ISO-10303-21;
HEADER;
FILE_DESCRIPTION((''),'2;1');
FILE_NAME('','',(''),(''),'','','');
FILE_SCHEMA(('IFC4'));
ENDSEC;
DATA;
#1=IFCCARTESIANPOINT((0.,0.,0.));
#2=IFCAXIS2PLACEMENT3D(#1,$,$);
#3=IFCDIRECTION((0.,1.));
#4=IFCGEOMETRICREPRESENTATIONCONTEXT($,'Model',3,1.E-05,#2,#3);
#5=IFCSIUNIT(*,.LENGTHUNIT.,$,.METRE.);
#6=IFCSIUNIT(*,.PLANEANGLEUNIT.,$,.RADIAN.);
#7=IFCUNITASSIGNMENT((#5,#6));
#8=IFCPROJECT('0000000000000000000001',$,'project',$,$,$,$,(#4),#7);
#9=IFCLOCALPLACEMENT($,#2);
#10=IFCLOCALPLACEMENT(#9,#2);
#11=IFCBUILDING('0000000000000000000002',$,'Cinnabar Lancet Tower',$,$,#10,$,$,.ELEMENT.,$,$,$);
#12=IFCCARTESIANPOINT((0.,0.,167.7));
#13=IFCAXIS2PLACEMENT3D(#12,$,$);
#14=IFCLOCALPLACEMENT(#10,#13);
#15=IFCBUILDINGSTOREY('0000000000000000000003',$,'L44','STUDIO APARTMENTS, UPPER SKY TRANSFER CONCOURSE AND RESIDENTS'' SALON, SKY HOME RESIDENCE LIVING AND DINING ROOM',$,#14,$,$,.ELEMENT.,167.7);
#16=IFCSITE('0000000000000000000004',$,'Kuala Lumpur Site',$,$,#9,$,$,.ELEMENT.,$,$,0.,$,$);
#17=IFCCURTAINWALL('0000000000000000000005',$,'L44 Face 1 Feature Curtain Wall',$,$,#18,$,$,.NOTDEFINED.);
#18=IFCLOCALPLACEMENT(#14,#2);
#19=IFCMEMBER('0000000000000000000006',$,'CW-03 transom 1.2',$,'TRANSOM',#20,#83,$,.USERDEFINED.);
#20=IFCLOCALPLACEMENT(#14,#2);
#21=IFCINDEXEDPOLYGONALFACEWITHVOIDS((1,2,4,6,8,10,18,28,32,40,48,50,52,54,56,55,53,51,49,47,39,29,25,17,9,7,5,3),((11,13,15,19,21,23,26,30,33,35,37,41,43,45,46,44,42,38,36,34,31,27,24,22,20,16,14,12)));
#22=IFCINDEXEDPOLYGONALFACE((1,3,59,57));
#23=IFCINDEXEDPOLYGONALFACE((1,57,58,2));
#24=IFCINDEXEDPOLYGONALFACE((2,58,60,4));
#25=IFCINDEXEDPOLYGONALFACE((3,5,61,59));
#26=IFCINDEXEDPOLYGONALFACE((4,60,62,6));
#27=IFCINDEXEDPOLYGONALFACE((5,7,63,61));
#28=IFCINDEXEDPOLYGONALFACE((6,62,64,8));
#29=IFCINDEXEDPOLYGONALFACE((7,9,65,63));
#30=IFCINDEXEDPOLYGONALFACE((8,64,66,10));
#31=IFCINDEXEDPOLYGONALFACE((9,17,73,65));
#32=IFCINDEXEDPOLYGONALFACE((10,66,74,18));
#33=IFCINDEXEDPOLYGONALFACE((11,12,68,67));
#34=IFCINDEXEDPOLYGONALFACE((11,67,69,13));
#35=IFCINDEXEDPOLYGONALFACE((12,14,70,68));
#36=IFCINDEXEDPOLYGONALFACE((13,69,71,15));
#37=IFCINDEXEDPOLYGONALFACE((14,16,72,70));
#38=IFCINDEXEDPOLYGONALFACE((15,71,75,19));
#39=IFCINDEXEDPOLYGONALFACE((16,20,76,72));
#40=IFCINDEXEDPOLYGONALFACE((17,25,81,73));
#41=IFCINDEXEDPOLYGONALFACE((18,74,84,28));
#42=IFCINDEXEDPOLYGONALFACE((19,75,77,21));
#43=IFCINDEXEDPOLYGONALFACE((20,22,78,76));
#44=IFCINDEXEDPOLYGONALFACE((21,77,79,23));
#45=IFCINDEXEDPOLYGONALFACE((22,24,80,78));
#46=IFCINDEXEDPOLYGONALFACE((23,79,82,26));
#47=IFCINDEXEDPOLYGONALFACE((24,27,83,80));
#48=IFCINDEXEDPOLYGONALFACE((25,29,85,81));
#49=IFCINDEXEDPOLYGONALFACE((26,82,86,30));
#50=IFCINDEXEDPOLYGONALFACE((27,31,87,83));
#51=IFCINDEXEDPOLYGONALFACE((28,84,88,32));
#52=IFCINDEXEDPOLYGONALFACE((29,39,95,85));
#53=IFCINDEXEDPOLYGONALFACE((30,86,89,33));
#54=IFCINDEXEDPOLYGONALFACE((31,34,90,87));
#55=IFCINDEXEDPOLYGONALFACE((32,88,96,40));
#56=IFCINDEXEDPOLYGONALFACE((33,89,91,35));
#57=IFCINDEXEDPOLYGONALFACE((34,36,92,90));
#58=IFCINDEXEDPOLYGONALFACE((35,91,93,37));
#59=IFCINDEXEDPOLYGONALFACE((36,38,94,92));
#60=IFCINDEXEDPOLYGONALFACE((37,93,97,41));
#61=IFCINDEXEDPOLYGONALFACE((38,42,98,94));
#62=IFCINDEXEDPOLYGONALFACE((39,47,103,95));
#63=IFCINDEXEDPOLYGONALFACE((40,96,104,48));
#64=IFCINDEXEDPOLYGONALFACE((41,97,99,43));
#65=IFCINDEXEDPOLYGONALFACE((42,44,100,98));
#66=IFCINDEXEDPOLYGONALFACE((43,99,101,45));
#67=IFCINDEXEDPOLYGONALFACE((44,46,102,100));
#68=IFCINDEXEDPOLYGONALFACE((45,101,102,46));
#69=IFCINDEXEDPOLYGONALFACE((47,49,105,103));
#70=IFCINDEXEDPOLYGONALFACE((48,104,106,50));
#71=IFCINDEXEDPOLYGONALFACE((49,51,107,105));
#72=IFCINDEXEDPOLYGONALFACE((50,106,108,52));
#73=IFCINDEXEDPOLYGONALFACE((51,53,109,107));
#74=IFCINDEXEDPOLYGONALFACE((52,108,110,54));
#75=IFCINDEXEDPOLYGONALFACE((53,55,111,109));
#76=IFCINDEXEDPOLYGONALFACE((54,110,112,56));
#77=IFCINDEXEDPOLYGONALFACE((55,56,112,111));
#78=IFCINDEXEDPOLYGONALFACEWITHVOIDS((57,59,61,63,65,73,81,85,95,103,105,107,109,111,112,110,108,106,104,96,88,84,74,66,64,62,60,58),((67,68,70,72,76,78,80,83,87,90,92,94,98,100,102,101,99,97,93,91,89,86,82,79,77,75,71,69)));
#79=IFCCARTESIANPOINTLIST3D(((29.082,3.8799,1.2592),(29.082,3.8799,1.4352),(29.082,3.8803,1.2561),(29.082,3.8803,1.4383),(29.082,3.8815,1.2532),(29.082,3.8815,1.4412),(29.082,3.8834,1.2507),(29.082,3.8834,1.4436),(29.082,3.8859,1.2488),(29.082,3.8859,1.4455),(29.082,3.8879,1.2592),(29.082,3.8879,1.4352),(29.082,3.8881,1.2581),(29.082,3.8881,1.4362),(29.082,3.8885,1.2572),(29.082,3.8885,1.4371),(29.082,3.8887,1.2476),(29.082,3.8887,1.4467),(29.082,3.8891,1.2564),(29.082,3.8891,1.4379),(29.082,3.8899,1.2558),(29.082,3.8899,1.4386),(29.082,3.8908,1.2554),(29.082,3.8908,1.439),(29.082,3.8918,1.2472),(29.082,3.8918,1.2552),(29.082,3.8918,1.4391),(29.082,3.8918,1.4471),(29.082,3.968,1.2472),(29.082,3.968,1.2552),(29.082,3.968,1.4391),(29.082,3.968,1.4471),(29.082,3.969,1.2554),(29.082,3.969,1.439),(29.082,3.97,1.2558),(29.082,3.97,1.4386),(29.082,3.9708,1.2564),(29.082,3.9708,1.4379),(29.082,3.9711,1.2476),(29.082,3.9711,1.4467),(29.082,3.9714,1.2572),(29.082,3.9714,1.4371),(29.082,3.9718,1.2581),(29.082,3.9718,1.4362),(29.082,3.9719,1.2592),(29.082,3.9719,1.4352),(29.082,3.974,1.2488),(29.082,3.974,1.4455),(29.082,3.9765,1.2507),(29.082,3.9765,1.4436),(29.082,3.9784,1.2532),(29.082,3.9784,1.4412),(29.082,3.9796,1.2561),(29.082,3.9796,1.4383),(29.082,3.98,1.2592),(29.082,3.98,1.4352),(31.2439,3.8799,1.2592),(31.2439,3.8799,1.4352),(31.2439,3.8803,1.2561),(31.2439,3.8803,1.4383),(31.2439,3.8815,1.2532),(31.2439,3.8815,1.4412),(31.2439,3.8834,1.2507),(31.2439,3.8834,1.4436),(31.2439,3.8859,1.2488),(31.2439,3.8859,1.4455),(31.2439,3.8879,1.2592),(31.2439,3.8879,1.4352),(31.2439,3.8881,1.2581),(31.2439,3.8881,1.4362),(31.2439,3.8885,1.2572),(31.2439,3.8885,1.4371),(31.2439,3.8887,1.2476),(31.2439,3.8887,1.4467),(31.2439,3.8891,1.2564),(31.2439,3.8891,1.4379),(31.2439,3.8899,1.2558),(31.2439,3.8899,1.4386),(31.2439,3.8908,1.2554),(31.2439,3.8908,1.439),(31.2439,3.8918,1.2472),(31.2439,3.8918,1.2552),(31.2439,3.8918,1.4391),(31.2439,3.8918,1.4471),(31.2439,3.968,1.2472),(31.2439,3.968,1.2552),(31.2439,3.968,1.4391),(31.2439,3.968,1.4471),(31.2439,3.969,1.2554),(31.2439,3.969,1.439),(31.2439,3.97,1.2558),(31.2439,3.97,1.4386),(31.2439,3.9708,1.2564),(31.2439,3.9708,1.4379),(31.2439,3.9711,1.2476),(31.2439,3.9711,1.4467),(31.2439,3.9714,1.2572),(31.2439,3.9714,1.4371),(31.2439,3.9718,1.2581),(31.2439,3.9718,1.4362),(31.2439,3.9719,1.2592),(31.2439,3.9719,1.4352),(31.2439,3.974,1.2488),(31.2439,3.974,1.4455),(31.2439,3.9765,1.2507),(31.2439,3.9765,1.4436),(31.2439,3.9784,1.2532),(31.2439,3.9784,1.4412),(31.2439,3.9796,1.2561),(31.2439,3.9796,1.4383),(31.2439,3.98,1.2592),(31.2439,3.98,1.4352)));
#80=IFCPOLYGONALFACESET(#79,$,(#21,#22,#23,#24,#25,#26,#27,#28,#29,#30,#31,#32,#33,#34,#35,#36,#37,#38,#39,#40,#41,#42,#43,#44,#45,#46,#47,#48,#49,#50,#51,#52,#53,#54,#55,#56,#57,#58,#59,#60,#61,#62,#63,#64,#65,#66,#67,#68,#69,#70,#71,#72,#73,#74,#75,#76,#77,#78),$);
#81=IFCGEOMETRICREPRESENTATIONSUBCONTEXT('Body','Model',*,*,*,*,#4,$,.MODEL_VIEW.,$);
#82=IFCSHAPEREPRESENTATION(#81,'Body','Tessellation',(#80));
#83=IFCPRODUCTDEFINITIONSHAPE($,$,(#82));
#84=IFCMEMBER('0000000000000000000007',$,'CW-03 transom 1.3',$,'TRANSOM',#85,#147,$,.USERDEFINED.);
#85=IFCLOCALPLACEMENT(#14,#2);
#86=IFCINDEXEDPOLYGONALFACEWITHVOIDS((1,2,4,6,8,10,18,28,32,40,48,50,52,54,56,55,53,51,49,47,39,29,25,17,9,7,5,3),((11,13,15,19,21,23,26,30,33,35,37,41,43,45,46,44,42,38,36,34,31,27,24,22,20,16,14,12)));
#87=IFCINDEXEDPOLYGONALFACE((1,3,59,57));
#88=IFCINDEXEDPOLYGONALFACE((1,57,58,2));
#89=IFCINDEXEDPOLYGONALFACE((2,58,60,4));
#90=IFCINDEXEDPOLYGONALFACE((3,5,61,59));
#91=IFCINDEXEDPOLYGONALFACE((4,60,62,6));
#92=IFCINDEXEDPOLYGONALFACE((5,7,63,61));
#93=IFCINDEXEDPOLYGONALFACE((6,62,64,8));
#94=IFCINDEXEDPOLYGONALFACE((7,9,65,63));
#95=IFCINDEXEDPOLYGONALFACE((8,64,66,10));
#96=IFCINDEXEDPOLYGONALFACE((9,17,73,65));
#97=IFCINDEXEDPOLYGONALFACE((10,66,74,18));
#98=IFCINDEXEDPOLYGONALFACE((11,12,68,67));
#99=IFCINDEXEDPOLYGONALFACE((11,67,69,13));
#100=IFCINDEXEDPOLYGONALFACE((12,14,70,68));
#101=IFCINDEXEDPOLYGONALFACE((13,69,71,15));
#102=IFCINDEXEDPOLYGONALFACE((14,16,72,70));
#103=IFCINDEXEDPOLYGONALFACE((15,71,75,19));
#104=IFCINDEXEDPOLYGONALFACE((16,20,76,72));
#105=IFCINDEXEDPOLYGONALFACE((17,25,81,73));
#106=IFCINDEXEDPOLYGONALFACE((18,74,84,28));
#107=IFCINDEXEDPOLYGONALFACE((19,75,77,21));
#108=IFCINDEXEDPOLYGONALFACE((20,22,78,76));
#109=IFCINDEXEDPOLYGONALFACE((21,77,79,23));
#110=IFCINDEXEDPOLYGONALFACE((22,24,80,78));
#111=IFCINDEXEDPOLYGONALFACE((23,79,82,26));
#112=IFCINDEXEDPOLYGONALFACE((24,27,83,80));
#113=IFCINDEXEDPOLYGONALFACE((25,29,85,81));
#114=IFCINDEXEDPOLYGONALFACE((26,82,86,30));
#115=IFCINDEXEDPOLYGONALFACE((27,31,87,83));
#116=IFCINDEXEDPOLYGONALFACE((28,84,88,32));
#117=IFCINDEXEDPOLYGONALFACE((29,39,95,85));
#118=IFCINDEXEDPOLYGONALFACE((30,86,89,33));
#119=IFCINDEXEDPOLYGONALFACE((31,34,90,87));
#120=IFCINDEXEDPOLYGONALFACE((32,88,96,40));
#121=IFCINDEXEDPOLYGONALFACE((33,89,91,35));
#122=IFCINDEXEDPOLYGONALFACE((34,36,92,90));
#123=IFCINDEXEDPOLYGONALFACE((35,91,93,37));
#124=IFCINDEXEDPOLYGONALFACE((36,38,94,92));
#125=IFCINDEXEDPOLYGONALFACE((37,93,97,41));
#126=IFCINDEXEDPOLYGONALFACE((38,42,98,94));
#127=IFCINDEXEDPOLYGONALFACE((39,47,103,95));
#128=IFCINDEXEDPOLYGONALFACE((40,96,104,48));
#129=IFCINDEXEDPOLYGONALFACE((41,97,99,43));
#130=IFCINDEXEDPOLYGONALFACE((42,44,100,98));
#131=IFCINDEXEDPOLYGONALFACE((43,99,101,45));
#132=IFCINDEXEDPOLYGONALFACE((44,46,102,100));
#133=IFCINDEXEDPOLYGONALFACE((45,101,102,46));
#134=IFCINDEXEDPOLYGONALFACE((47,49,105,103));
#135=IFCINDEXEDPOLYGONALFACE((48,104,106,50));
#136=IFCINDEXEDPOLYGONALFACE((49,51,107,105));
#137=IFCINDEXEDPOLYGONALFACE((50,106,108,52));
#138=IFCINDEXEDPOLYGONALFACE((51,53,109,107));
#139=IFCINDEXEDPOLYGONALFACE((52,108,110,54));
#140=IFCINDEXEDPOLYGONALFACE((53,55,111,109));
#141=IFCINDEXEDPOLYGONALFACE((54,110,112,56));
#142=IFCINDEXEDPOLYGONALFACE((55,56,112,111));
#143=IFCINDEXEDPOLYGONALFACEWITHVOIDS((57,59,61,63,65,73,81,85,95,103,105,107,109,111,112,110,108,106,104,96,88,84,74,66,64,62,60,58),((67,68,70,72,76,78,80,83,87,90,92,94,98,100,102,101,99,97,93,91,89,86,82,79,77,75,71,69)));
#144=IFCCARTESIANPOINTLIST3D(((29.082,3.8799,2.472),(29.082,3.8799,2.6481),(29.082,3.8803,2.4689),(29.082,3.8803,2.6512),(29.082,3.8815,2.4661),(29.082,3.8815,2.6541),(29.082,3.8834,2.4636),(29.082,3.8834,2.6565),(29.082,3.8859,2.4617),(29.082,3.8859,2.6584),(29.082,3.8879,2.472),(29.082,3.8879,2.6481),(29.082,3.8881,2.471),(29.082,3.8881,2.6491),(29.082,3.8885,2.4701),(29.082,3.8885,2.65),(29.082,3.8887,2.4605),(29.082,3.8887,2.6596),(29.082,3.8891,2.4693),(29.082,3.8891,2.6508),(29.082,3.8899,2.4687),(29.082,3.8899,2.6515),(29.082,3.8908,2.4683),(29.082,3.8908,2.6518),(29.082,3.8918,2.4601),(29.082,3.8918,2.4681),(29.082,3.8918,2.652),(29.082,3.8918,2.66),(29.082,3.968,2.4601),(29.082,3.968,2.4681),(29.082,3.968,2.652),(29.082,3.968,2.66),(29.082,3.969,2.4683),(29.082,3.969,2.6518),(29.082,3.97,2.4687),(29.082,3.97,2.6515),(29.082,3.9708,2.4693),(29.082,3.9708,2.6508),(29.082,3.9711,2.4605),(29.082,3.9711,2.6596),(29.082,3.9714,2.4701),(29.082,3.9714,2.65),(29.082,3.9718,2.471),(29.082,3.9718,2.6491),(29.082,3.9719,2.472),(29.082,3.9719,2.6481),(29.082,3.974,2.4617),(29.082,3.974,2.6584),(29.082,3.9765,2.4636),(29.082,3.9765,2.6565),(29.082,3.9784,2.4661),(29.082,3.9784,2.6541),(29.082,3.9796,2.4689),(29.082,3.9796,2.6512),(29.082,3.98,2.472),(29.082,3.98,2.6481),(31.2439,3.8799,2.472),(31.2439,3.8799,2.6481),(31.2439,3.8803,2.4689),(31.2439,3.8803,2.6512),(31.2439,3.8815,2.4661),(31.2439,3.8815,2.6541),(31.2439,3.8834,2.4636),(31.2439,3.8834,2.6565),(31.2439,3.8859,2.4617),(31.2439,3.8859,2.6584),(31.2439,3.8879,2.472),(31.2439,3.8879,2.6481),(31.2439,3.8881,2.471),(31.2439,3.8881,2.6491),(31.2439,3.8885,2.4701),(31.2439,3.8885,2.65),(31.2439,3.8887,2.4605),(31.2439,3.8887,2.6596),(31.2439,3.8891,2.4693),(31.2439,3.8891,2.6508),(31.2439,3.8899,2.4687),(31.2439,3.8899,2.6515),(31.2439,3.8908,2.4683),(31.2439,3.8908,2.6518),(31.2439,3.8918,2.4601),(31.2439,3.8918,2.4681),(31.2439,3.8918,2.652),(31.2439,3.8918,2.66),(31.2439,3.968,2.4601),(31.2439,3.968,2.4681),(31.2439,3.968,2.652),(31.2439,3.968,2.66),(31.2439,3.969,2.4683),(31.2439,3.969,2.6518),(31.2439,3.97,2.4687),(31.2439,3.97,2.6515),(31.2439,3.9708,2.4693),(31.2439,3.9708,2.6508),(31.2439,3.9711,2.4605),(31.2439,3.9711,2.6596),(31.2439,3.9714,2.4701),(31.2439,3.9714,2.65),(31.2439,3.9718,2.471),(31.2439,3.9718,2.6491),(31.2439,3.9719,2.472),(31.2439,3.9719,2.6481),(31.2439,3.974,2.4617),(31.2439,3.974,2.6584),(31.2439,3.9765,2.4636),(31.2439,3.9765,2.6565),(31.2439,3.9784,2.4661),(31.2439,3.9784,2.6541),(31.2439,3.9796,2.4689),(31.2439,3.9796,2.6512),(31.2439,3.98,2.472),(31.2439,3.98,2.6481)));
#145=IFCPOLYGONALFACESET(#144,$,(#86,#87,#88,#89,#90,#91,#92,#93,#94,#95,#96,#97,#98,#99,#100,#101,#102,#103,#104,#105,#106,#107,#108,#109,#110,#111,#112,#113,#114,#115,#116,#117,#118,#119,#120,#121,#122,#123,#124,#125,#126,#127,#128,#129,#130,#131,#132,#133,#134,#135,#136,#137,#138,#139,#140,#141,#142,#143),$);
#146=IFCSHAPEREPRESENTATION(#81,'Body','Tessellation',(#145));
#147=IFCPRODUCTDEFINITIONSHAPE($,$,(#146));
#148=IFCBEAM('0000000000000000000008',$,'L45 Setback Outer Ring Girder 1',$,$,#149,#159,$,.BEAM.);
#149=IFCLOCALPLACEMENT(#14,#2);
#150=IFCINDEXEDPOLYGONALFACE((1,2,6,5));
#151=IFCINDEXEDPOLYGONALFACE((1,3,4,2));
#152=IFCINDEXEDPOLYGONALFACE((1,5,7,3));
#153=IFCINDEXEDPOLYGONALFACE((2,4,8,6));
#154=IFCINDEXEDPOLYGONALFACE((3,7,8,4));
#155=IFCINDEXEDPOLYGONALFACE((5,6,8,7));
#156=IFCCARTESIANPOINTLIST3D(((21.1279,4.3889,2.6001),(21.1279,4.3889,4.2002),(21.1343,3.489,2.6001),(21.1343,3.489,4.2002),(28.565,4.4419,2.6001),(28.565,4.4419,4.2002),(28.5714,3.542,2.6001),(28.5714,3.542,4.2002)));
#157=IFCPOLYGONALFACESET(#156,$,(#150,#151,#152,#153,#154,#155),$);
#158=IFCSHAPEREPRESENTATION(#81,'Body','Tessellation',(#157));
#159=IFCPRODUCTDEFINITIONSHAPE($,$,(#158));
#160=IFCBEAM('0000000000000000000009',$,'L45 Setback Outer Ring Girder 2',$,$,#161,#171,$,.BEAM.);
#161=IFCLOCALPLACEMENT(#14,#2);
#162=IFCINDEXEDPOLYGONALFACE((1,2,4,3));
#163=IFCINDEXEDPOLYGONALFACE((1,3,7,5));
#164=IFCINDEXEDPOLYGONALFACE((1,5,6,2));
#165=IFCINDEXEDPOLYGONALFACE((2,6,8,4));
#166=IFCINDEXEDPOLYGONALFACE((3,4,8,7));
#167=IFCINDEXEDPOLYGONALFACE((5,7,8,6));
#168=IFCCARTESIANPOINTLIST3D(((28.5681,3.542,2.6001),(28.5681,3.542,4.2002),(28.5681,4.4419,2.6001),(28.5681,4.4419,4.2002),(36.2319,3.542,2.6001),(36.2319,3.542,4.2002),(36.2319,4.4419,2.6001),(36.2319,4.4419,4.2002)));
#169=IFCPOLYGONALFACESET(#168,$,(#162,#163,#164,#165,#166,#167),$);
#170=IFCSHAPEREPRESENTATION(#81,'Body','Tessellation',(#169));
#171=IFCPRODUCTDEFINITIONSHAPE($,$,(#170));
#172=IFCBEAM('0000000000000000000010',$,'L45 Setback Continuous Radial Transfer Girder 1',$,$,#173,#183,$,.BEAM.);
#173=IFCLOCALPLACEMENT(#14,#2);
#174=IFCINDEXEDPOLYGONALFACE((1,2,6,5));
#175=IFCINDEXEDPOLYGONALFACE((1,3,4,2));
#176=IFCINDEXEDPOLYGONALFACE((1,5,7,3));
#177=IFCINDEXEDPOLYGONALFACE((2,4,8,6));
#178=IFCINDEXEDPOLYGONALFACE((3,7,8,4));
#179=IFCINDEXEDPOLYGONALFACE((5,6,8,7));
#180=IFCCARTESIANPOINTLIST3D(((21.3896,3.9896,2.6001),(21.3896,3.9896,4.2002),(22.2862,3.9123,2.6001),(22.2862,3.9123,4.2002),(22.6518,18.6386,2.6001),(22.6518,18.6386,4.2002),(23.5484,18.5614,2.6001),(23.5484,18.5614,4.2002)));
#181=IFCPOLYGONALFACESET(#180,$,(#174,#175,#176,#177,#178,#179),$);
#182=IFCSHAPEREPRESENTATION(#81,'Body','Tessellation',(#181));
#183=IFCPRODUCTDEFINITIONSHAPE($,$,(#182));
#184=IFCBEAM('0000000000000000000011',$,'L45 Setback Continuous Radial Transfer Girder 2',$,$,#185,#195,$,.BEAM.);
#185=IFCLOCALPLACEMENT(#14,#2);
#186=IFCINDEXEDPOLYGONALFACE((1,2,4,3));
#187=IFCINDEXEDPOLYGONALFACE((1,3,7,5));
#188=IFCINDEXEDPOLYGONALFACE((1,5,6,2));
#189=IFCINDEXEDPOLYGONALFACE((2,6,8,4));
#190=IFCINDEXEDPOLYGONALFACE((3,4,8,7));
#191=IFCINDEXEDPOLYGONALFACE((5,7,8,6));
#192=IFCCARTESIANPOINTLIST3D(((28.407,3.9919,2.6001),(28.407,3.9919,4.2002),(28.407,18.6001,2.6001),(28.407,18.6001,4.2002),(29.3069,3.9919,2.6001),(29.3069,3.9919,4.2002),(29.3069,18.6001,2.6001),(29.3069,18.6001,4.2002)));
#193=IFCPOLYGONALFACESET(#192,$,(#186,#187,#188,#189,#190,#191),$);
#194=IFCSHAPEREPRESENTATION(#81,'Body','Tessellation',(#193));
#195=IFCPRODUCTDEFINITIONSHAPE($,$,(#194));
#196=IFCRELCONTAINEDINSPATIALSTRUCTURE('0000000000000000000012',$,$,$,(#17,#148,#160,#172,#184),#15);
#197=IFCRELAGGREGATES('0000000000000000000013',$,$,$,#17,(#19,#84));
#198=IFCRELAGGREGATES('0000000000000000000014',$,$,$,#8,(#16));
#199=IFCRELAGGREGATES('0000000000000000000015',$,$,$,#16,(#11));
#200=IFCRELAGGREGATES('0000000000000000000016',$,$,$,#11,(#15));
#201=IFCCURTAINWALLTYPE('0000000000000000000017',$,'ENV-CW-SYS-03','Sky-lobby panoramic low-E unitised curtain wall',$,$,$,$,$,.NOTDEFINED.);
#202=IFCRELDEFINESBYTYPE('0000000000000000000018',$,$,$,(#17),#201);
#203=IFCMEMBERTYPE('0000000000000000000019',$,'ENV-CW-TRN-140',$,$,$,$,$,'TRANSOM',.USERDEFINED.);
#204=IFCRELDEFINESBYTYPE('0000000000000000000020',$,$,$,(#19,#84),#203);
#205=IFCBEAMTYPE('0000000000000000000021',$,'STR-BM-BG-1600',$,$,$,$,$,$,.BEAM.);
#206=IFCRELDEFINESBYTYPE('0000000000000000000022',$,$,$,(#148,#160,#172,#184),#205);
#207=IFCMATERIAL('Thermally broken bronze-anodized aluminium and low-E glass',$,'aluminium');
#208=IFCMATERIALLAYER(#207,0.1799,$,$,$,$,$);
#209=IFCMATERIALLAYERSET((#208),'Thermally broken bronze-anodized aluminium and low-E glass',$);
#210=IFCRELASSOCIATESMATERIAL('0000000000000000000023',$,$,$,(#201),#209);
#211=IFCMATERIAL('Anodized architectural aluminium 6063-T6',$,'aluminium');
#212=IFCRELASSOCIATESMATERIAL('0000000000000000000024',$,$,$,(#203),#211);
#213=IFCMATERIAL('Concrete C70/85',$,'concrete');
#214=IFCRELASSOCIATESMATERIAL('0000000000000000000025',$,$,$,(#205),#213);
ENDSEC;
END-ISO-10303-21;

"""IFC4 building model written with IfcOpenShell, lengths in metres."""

from ifc_helpers import new_model, si_unit, direction, frame, origin, origin_2d, place, context, subcontext, project, spatial, rectangle, hollow_rectangle, extrude, material, layer, layer_set, material_profile, profile_set, type_object, element, aggregate, save


model = new_model("IFC4")

# Units and contexts
model_context = context("Model", 3, precision=1e-05, world=origin(), true_north=direction((0.0, 1.0)))
body_context = subcontext(model_context, "Body", "Model", "MODEL_VIEW")
ifc_project = project(units=[si_unit("LENGTHUNIT", "METRE"), si_unit("PLANEANGLEUNIT", "RADIAN")], contexts=[model_context])

# Site, building, storey
site_placement = place(None, origin())
site = spatial("IfcSite", under=ifc_project, at=site_placement, Name="Kuala Lumpur Site", CompositionType="ELEMENT", RefElevation=0.0)
building_placement = place(site_placement, origin())
building = spatial("IfcBuilding", under=site, at=building_placement, Name="Cinnabar Lancet Tower", CompositionType="ELEMENT")
storey_placement = place(building_placement, frame((0.0, 0.0, 167.7)))
storey = spatial("IfcBuildingStorey", under=building, at=storey_placement, Name="L44", Description="STUDIO APARTMENTS, UPPER SKY TRANSFER CONCOURSE AND RESIDENTS' SALON, SKY HOME RESIDENCE LIVING AND DINING ROOM", CompositionType="ELEMENT", Elevation=167.7)

# Curtain wall, members
ifc_material_1 = material(Name="Thermally broken bronze-anodized aluminium and low-E glass", Category="aluminium")
ifc_layer_1 = layer(ifc_material_1, 0.1799)
ifc_layer_set_1 = layer_set([ifc_layer_1], Name="Thermally broken bronze-anodized aluminium and low-E glass")
curtain_wall_type = type_object("IfcCurtainWallType", Name="ENV-CW-SYS-03", Description="Sky-lobby panoramic low-E unitised curtain wall", PredefinedType="NOTDEFINED", material=ifc_layer_set_1)
curtain_wall_placement = place(storey_placement, origin())
curtain_wall = element("IfcCurtainWall", 1, at=curtain_wall_placement, inside=storey, type_object=curtain_wall_type, Name="L44 Face 1 Feature Curtain Wall", PredefinedType="NOTDEFINED")
ifc_material_2 = material(Name="Anodized architectural aluminium 6063-T6", Category="aluminium")
ifc_material_profile_1 = material_profile(ifc_material_2, hollow_rectangle(XDim=0.1001, YDim=0.2, WallThickness=0.0081, InnerFilletRadius=0.0039, OuterFilletRadius=0.012, at=origin_2d()), Name="RHS 200x100x8")
ifc_profile_set_1 = profile_set([ifc_material_profile_1], Name="Anodized architectural aluminium 6063-T6")
member_type_1 = type_object("IfcMemberType", Name="ENV-CW-TRN-140", ElementType="TRANSOM", PredefinedType="USERDEFINED", material=ifc_profile_set_1)
member_1_placement = place(storey_placement, frame((29.082, 3.9299, 1.3472), z_axis=(1.0, 0.0, 0.0), x_axis=(0.0, 1.0, 0.0)))
member_1 = element("IfcMember", 2, at=member_1_placement, type_object=member_type_1, Name="CW-03 transom 1.2", ObjectType="TRANSOM", PredefinedType="USERDEFINED", context=body_context, shape_type="SweptSolid", body=[
    extrude(hollow_rectangle(XDim=0.1001, YDim=0.2, WallThickness=0.0081, InnerFilletRadius=0.0039, OuterFilletRadius=0.012, at=origin_2d()), origin(), (0.0, 0.0, 1.0), 2.1619),
])
member_2_placement = place(storey_placement, frame((29.082, 3.9299, 2.5601), z_axis=(1.0, 0.0, 0.0), x_axis=(0.0, 1.0, 0.0)))
member_2 = element("IfcMember", 3, at=member_2_placement, type_object=member_type_1, Name="CW-03 transom 1.3", ObjectType="TRANSOM", PredefinedType="USERDEFINED", context=body_context, shape_type="SweptSolid", body=[
    extrude(hollow_rectangle(XDim=0.1001, YDim=0.2, WallThickness=0.0081, InnerFilletRadius=0.0039, OuterFilletRadius=0.012, at=origin_2d()), origin(), (0.0, 0.0, 1.0), 2.1619),
])

# Beams
ifc_material_3 = material(Name="Concrete C70/85", Category="concrete")
ifc_material_profile_2 = material_profile(ifc_material_3, rectangle(XDim=0.8999, YDim=1.6001, at=origin_2d()), Name="RC-BG 900x1600")
ifc_profile_set_2 = profile_set([ifc_material_profile_2], Name="Concrete C70/85")
beam_type_1 = type_object("IfcBeamType", Name="STR-BM-BG-1600", PredefinedType="BEAM", material=ifc_profile_set_2)
beam_1_placement = place(storey_placement, frame((21.1311, 3.939, 3.4001), z_axis=(0.999975, 0.007123, 0.0), x_axis=(-0.007123, 0.999975, 0.0)))
element("IfcBeam", 4, at=beam_1_placement, inside=storey, type_object=beam_type_1, Name="L45 Setback Outer Ring Girder 1", PredefinedType="BEAM", context=body_context, shape_type="SweptSolid", body=[
    extrude(rectangle(XDim=0.8999, YDim=1.6001, at=origin_2d()), origin(), (0.0, 0.0, 1.0), 7.4373),
])
beam_2_placement = place(storey_placement, frame((28.5681, 3.9919, 3.4001), z_axis=(1.0, 0.0, 0.0), x_axis=(0.0, 1.0, 0.0)))
element("IfcBeam", 5, at=beam_2_placement, inside=storey, type_object=beam_type_1, Name="L45 Setback Outer Ring Girder 2", PredefinedType="BEAM", context=body_context, shape_type="SweptSolid", body=[
    extrude(rectangle(XDim=0.8999, YDim=1.6001, at=origin_2d()), origin(), (0.0, 0.0, 1.0), 7.6638),
])
beam_3_placement = place(storey_placement, frame((21.8379, 3.9509, 3.4001), z_axis=(0.085844, 0.996309, 0.0), x_axis=(-0.996309, 0.085844, 0.0)))
element("IfcBeam", 6, at=beam_3_placement, inside=storey, type_object=beam_type_1, Name="L45 Setback Continuous Radial Transfer Girder 1", PredefinedType="BEAM", context=body_context, shape_type="SweptSolid", body=[
    extrude(rectangle(XDim=0.8999, YDim=1.6001, at=origin_2d()), origin(), (0.0, 0.0, 1.0), 14.7034),
])
beam_4_placement = place(storey_placement, frame((28.8569, 3.9919, 3.4001), z_axis=(0.0, 1.0, 0.0), x_axis=(-1.0, 0.0, 0.0)))
element("IfcBeam", 7, at=beam_4_placement, inside=storey, type_object=beam_type_1, Name="L45 Setback Continuous Radial Transfer Girder 2", PredefinedType="BEAM", context=body_context, shape_type="SweptSolid", body=[
    extrude(rectangle(XDim=0.8999, YDim=1.6001, at=origin_2d()), origin(), (0.0, 0.0, 1.0), 14.6082),
])

aggregate(curtain_wall, [member_1, member_2])

save(model, "model.ifc")
